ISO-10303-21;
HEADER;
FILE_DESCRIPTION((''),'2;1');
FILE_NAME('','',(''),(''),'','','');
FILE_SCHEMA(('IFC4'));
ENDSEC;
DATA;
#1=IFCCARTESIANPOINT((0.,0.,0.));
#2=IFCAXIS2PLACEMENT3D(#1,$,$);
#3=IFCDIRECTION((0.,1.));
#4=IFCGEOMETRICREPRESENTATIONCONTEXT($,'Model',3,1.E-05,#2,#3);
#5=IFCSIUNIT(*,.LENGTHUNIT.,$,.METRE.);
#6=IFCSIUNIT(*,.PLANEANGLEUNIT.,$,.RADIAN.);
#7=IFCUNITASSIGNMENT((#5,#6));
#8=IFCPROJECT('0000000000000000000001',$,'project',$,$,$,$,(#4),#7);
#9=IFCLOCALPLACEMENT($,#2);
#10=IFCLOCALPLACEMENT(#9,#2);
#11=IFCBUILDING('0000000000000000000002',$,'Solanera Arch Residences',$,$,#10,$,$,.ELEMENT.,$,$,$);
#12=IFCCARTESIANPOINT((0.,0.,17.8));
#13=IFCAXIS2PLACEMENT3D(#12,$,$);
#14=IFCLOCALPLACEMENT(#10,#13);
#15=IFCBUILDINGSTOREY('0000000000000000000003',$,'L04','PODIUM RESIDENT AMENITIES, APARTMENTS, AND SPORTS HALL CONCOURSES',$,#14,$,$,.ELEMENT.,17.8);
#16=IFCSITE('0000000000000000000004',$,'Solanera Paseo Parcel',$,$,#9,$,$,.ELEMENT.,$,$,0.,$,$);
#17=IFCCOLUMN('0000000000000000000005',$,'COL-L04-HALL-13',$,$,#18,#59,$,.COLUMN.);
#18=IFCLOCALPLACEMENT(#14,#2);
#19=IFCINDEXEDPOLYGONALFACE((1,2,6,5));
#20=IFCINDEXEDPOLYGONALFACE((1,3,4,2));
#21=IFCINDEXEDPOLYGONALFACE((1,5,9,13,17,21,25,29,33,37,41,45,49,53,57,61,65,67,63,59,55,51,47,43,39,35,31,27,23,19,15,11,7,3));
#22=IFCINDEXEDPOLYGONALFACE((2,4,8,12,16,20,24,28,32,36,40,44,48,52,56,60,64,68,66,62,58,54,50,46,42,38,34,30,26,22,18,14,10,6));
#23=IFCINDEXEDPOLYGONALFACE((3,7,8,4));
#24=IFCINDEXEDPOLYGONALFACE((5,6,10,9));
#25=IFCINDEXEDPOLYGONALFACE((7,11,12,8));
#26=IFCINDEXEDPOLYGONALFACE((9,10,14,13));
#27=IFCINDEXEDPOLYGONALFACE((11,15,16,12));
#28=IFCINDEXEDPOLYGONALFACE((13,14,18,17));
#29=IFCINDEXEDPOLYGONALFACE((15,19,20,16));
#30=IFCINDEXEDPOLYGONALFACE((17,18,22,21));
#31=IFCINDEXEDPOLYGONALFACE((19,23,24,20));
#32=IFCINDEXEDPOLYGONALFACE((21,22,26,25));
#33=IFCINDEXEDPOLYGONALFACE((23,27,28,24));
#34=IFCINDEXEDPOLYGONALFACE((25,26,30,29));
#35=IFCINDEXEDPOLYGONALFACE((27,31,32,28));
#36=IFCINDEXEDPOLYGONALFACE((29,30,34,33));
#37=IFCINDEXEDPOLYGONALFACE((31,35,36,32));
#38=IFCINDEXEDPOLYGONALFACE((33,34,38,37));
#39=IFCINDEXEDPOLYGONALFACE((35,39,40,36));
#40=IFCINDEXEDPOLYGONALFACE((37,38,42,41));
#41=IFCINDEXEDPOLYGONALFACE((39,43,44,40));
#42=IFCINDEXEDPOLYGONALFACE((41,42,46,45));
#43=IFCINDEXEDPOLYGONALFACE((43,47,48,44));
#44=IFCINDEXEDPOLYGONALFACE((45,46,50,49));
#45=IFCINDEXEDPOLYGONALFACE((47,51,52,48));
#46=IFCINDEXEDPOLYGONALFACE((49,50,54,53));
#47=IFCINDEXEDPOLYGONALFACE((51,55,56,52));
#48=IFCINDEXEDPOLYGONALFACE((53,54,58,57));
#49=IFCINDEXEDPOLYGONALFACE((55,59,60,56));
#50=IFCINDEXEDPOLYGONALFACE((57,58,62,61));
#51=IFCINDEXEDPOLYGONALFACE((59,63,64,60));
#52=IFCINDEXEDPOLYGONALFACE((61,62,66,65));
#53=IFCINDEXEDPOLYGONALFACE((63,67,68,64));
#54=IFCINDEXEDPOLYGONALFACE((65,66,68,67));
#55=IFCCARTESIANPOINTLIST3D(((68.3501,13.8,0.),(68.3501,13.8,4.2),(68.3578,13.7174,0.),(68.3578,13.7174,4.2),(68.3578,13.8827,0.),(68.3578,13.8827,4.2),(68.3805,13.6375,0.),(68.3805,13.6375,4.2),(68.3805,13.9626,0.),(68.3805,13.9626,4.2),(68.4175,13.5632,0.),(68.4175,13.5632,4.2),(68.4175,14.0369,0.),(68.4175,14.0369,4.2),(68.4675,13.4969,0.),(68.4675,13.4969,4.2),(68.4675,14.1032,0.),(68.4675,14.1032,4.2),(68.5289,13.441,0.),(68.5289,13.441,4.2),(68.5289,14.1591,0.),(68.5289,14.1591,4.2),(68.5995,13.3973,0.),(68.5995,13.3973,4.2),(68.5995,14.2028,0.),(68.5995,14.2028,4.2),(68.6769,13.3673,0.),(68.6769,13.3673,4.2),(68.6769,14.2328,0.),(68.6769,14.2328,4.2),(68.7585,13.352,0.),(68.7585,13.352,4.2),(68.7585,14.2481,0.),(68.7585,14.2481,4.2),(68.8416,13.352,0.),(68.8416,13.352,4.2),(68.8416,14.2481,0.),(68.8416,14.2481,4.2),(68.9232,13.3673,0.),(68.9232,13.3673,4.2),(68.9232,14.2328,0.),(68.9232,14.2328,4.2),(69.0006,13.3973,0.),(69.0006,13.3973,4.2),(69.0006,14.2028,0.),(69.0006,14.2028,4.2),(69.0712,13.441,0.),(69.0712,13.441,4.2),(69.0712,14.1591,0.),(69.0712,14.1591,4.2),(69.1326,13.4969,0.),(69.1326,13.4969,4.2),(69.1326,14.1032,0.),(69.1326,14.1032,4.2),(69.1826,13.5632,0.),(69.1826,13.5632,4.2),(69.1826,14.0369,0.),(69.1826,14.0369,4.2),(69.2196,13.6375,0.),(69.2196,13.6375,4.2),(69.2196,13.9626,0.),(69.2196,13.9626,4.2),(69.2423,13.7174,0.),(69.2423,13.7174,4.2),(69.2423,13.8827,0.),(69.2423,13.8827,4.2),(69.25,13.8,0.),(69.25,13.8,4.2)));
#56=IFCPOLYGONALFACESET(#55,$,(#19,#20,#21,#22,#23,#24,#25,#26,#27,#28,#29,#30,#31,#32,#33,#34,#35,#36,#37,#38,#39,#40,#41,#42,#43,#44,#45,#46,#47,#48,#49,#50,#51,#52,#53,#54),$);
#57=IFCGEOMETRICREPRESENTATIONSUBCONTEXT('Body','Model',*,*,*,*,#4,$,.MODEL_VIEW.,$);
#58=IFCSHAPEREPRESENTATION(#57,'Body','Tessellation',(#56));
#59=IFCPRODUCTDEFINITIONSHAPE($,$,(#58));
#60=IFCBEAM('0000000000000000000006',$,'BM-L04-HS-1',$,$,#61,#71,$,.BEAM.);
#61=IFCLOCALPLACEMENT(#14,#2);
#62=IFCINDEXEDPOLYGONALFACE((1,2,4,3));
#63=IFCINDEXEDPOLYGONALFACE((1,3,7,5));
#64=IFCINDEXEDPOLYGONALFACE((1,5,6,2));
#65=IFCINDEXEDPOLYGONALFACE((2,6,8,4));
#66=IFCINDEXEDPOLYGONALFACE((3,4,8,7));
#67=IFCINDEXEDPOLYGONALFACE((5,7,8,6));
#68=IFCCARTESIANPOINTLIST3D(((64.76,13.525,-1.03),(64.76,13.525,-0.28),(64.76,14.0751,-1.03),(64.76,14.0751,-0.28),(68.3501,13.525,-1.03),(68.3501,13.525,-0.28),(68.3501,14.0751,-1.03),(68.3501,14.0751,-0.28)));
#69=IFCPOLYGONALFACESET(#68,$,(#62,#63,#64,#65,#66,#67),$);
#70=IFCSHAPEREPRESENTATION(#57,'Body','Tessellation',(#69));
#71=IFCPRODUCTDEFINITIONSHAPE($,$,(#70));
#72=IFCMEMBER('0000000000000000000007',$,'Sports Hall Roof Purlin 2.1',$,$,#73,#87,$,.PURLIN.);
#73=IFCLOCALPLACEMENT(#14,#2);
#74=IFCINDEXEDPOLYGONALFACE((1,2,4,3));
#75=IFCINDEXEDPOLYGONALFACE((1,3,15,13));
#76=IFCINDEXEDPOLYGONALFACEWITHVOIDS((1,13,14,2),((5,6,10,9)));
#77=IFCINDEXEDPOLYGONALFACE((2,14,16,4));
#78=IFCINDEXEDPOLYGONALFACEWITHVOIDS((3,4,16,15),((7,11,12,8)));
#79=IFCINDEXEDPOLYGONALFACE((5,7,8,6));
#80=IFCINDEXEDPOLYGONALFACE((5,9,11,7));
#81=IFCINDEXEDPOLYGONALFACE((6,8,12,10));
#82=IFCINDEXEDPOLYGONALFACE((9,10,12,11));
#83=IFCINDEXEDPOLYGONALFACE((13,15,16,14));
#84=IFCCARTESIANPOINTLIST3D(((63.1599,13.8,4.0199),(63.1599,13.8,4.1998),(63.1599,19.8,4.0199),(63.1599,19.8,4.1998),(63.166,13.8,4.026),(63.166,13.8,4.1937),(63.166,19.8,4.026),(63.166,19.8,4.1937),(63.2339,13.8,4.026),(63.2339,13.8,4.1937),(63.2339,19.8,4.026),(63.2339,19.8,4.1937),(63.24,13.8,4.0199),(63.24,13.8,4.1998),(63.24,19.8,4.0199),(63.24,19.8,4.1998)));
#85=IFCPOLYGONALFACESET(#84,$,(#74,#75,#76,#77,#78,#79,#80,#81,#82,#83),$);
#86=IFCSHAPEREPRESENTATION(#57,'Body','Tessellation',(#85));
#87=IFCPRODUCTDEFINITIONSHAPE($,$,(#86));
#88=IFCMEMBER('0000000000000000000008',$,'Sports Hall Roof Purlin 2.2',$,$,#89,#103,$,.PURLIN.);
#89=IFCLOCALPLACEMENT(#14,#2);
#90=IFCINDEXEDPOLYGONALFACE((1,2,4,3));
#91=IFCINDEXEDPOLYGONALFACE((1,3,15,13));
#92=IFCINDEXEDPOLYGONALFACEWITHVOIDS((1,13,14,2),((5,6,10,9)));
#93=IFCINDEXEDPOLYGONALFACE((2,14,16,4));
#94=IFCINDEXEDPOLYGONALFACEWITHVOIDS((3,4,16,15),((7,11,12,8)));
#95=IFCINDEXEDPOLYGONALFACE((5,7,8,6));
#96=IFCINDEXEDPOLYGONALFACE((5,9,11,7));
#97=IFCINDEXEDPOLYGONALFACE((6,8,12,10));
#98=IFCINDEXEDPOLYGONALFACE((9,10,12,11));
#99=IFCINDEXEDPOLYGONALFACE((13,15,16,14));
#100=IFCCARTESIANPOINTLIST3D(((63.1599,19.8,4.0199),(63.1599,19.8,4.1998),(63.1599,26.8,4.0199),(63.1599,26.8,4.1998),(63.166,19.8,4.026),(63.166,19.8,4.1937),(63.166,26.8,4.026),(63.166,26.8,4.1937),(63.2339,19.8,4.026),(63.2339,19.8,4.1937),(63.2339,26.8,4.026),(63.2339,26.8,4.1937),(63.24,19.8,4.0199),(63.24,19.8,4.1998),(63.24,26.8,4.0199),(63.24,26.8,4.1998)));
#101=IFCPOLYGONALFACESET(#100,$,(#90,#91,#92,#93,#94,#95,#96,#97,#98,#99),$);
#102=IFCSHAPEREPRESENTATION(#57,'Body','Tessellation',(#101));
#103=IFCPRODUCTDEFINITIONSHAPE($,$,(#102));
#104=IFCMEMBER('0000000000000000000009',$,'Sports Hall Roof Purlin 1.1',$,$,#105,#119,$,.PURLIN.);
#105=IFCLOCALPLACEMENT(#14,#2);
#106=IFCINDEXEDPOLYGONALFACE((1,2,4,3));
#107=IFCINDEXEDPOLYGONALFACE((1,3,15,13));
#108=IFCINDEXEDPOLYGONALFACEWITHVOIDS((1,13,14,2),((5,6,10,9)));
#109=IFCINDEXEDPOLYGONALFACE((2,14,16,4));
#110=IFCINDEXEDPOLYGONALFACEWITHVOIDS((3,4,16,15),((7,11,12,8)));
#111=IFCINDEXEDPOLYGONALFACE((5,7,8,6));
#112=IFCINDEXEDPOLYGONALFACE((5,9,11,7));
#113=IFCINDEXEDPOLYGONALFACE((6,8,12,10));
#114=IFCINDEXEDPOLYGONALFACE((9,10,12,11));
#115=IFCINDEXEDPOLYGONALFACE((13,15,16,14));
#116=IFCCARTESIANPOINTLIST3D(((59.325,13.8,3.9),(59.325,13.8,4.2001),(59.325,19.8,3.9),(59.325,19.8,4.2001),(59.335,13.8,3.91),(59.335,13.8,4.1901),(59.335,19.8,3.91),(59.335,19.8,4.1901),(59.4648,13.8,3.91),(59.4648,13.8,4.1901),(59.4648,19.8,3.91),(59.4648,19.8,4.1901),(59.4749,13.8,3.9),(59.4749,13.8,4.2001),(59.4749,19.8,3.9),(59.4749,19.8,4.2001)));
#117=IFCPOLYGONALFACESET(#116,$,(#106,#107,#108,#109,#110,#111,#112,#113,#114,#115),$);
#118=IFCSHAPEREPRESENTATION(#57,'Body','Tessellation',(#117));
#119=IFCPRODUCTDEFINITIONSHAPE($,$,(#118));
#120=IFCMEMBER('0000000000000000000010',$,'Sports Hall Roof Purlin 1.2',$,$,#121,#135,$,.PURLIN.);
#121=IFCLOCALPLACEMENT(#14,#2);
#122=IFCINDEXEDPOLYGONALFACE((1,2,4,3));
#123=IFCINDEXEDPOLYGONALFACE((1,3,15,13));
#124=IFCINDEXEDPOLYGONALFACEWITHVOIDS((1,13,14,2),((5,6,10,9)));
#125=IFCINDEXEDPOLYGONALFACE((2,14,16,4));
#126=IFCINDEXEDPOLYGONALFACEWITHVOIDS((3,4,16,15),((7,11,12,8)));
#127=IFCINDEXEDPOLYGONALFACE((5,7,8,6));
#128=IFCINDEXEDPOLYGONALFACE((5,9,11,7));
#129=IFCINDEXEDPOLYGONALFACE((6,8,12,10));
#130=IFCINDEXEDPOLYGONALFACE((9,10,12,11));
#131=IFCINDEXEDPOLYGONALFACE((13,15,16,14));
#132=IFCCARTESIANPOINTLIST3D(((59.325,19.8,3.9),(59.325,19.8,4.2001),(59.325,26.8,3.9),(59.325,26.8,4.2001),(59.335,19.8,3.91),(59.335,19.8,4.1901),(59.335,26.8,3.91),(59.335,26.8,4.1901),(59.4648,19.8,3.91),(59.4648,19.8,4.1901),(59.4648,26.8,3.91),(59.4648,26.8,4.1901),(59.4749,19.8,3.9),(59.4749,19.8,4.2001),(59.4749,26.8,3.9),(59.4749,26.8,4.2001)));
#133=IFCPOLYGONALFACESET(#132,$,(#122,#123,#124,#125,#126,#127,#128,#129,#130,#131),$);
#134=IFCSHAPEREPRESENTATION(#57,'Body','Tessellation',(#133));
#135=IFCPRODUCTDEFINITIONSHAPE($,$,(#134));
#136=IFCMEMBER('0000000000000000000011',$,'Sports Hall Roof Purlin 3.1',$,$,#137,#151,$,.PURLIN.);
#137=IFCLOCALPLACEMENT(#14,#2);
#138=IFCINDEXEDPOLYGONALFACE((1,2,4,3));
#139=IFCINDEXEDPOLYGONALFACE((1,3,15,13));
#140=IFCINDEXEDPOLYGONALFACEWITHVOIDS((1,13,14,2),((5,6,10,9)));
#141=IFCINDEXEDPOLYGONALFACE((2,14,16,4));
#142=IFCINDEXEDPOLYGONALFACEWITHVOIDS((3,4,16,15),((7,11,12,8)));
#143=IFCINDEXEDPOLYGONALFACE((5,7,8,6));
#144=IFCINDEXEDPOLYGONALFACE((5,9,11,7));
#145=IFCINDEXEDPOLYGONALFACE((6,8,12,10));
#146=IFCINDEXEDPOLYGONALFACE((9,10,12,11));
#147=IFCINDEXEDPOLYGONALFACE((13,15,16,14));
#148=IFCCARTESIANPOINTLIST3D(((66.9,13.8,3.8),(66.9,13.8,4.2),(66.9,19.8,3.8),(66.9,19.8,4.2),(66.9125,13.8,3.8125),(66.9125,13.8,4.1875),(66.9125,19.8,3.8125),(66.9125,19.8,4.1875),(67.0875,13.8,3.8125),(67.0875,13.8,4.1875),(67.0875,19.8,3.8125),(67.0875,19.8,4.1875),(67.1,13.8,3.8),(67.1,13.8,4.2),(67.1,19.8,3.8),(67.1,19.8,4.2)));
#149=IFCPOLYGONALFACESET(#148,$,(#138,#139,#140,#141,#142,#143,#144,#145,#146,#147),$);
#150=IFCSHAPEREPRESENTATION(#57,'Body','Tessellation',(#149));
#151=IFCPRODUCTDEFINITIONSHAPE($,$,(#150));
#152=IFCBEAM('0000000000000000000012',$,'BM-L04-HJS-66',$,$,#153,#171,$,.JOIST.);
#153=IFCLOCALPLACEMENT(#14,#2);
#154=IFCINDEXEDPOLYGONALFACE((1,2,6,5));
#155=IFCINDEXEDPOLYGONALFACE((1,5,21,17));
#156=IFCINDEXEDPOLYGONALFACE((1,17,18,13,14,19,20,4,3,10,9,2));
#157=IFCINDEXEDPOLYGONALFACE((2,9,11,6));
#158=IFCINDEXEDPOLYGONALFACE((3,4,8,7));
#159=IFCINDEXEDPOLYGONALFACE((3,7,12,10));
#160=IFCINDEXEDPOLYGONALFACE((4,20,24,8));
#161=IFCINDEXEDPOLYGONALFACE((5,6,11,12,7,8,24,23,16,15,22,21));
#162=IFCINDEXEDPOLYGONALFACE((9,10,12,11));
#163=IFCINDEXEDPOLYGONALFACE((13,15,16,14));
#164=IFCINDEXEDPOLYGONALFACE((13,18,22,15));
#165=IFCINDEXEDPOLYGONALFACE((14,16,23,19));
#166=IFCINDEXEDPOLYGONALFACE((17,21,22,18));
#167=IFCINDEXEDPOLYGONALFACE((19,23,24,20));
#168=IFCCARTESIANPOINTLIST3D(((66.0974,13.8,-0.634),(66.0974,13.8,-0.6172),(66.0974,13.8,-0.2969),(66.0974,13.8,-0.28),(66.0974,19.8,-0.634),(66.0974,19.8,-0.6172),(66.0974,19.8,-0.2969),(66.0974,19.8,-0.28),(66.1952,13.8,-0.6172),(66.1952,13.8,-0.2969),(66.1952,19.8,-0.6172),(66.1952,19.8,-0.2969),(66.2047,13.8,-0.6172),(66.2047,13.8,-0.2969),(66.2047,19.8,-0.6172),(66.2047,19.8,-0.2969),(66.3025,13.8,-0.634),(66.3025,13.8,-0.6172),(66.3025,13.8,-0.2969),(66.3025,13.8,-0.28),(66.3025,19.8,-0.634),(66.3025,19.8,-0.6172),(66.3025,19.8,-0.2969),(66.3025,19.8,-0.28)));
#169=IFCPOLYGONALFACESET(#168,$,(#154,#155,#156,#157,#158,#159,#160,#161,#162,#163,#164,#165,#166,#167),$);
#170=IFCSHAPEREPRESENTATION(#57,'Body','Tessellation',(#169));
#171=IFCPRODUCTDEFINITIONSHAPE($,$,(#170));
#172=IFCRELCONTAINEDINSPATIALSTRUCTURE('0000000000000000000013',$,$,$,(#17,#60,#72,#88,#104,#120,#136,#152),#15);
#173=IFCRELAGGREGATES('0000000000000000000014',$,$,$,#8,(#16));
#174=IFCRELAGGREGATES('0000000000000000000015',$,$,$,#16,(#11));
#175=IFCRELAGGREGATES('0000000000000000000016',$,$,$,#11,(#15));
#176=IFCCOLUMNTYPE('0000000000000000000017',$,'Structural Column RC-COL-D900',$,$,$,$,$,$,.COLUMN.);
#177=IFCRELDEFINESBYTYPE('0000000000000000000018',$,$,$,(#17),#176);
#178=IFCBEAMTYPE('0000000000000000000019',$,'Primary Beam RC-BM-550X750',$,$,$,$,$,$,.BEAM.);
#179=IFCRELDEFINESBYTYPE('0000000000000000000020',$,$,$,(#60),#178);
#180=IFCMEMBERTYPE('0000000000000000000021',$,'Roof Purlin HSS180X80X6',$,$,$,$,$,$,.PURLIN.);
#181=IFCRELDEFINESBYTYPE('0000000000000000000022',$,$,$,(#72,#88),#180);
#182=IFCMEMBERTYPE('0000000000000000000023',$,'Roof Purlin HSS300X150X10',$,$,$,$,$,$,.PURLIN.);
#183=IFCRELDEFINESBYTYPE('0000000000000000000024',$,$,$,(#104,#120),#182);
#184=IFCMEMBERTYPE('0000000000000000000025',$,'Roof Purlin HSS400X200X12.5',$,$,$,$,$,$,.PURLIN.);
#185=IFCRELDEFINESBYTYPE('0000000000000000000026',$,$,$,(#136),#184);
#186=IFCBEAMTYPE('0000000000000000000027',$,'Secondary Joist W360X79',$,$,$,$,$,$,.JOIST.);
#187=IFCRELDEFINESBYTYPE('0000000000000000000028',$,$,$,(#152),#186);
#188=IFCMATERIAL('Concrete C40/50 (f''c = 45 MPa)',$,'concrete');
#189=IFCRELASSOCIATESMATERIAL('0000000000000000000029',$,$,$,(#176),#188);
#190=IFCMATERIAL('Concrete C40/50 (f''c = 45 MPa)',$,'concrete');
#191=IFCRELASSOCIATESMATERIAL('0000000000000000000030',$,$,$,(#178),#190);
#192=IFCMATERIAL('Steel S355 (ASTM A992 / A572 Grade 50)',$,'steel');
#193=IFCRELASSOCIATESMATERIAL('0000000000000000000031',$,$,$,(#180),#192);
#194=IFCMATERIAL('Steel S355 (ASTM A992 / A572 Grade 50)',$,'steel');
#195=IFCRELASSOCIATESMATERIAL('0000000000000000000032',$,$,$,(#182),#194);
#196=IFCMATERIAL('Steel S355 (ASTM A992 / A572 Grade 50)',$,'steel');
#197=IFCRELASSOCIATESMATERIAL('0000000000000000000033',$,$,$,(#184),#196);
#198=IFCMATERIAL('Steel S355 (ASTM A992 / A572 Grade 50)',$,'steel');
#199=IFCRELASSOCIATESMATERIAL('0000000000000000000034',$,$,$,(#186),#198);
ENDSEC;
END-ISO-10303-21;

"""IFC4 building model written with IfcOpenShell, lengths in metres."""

from ifc_helpers import new_model, si_unit, direction, frame, origin, origin_2d, place, context, subcontext, project, spatial, rectangle, hollow_rectangle, circle, i_section, extrude, material, material_profile, profile_set, type_object, element, save


model = new_model("IFC4")

# Units and contexts
model_context = context("Model", 3, precision=1e-05, world=origin(), true_north=direction((0.0, 1.0)))
body_context = subcontext(model_context, "Body", "Model", "MODEL_VIEW")
ifc_project = project(units=[si_unit("LENGTHUNIT", "METRE"), si_unit("PLANEANGLEUNIT", "RADIAN")], contexts=[model_context])

# Site, building, storey
site_placement = place(None, origin())
site = spatial("IfcSite", under=ifc_project, at=site_placement, Name="Solanera Paseo Parcel", CompositionType="ELEMENT", RefElevation=0.0)
building_placement = place(site_placement, origin())
building = spatial("IfcBuilding", under=site, at=building_placement, Name="Solanera Arch Residences", CompositionType="ELEMENT")
storey_placement = place(building_placement, frame((0.0, 0.0, 17.8)))
storey = spatial("IfcBuildingStorey", under=building, at=storey_placement, Name="L04", Description="PODIUM RESIDENT AMENITIES, APARTMENTS, AND SPORTS HALL CONCOURSES", CompositionType="ELEMENT", Elevation=17.8)

# Column
ifc_material_1 = material(Name="Concrete C40/50 (f'c = 45 MPa)", Category="concrete")
ifc_material_profile_1 = material_profile(ifc_material_1, circle(Radius=0.45, at=origin_2d()))
ifc_profile_set_1 = profile_set([ifc_material_profile_1], Name="Concrete C40/50 (f'c = 45 MPa)")
column_type = type_object("IfcColumnType", Name="Structural Column RC-COL-D900", PredefinedType="COLUMN", material=ifc_profile_set_1)
column_placement = place(storey_placement, frame((68.8, 13.8, 0.0), z_axis=(0.0, 0.0, 1.0), x_axis=(1.0, 0.0, 0.0)))
element("IfcColumn", 1, at=column_placement, inside=storey, type_object=column_type, Name="COL-L04-HALL-13", PredefinedType="COLUMN", context=body_context, shape_type="SweptSolid", body=[
    extrude(circle(Radius=0.45, at=origin_2d()), origin(), (0.0, 0.0, 1.0), 4.2),
])

# Beam
ifc_material_2 = material(Name="Concrete C40/50 (f'c = 45 MPa)", Category="concrete")
ifc_material_profile_2 = material_profile(ifc_material_2, rectangle(XDim=0.55, YDim=0.75, at=origin_2d()))
ifc_profile_set_2 = profile_set([ifc_material_profile_2], Name="Concrete C40/50 (f'c = 45 MPa)")
beam_type_1 = type_object("IfcBeamType", Name="Primary Beam RC-BM-550X750", PredefinedType="BEAM", material=ifc_profile_set_2)
beam_1_placement = place(storey_placement, frame((64.76, 13.8, -0.655), z_axis=(1.0, 0.0, 0.0), x_axis=(0.0, 1.0, 0.0)))
element("IfcBeam", 2, at=beam_1_placement, inside=storey, type_object=beam_type_1, Name="BM-L04-HS-1", PredefinedType="BEAM", context=body_context, shape_type="SweptSolid", body=[
    extrude(rectangle(XDim=0.55, YDim=0.75, at=origin_2d()), origin(), (0.0, 0.0, 1.0), 3.5901),
])

# Members
ifc_material_3 = material(Name="Steel S355 (ASTM A992 / A572 Grade 50)", Category="steel")
ifc_material_profile_3 = material_profile(ifc_material_3, hollow_rectangle(XDim=0.0801, YDim=0.1799, WallThickness=0.0061, at=origin_2d()))
ifc_profile_set_3 = profile_set([ifc_material_profile_3], Name="Steel S355 (ASTM A992 / A572 Grade 50)")
member_type_1 = type_object("IfcMemberType", Name="Roof Purlin HSS180X80X6", PredefinedType="PURLIN", material=ifc_profile_set_3)
member_1_placement = place(storey_placement, frame((63.2, 13.8, 4.1099), z_axis=(0.0, 1.0, 0.0), x_axis=(-1.0, 0.0, 0.0)))
element("IfcMember", 3, at=member_1_placement, inside=storey, type_object=member_type_1, Name="Sports Hall Roof Purlin 2.1", PredefinedType="PURLIN", context=body_context, shape_type="SweptSolid", body=[
    extrude(hollow_rectangle(XDim=0.0801, YDim=0.1799, WallThickness=0.0061, at=origin_2d()), origin(), (0.0, 0.0, 1.0), 6.0),
])
member_2_placement = place(storey_placement, frame((63.2, 19.8, 4.1099), z_axis=(0.0, 1.0, 0.0), x_axis=(-1.0, 0.0, 0.0)))
element("IfcMember", 4, at=member_2_placement, inside=storey, type_object=member_type_1, Name="Sports Hall Roof Purlin 2.2", PredefinedType="PURLIN", context=body_context, shape_type="SweptSolid", body=[
    extrude(hollow_rectangle(XDim=0.0801, YDim=0.1799, WallThickness=0.0061, at=origin_2d()), origin(), (0.0, 0.0, 1.0), 7.0),
])
ifc_material_4 = material(Name="Steel S355 (ASTM A992 / A572 Grade 50)", Category="steel")
ifc_material_profile_4 = material_profile(ifc_material_4, hollow_rectangle(XDim=0.1499, YDim=0.3, WallThickness=0.01, at=origin_2d()))
ifc_profile_set_4 = profile_set([ifc_material_profile_4], Name="Steel S355 (ASTM A992 / A572 Grade 50)")
member_type_2 = type_object("IfcMemberType", Name="Roof Purlin HSS300X150X10", PredefinedType="PURLIN", material=ifc_profile_set_4)
member_3_placement = place(storey_placement, frame((59.3999, 13.8, 4.05), z_axis=(0.0, 1.0, 0.0), x_axis=(-1.0, 0.0, 0.0)))
element("IfcMember", 5, at=member_3_placement, inside=storey, type_object=member_type_2, Name="Sports Hall Roof Purlin 1.1", PredefinedType="PURLIN", context=body_context, shape_type="SweptSolid", body=[
    extrude(hollow_rectangle(XDim=0.1499, YDim=0.3, WallThickness=0.01, at=origin_2d()), origin(), (0.0, 0.0, 1.0), 6.0),
])
member_4_placement = place(storey_placement, frame((59.3999, 19.8, 4.05), z_axis=(0.0, 1.0, 0.0), x_axis=(-1.0, 0.0, 0.0)))
element("IfcMember", 6, at=member_4_placement, inside=storey, type_object=member_type_2, Name="Sports Hall Roof Purlin 1.2", PredefinedType="PURLIN", context=body_context, shape_type="SweptSolid", body=[
    extrude(hollow_rectangle(XDim=0.1499, YDim=0.3, WallThickness=0.01, at=origin_2d()), origin(), (0.0, 0.0, 1.0), 7.0),
])
ifc_material_5 = material(Name="Steel S355 (ASTM A992 / A572 Grade 50)", Category="steel")
ifc_material_profile_5 = material_profile(ifc_material_5, hollow_rectangle(XDim=0.2, YDim=0.3999, WallThickness=0.0125, at=origin_2d()))
ifc_profile_set_5 = profile_set([ifc_material_profile_5], Name="Steel S355 (ASTM A992 / A572 Grade 50)")
member_type_3 = type_object("IfcMemberType", Name="Roof Purlin HSS400X200X12.5", PredefinedType="PURLIN", material=ifc_profile_set_5)
member_5_placement = place(storey_placement, frame((67.0, 13.8, 4.0), z_axis=(0.0, 1.0, 0.0), x_axis=(-1.0, 0.0, 0.0)))
element("IfcMember", 7, at=member_5_placement, inside=storey, type_object=member_type_3, Name="Sports Hall Roof Purlin 3.1", PredefinedType="PURLIN", context=body_context, shape_type="SweptSolid", body=[
    extrude(hollow_rectangle(XDim=0.2, YDim=0.3999, WallThickness=0.0125, at=origin_2d()), origin(), (0.0, 0.0, 1.0), 6.0),
])

# Beam
ifc_material_6 = material(Name="Steel S355 (ASTM A992 / A572 Grade 50)", Category="steel")
ifc_material_profile_6 = material_profile(ifc_material_6, i_section(OverallWidth=0.2051, OverallDepth=0.354, WebThickness=0.0095, FlangeThickness=0.0168, at=origin_2d()))
ifc_profile_set_6 = profile_set([ifc_material_profile_6], Name="Steel S355 (ASTM A992 / A572 Grade 50)")
beam_type_2 = type_object("IfcBeamType", Name="Secondary Joist W360X79", PredefinedType="JOIST", material=ifc_profile_set_6)
beam_2_placement = place(storey_placement, frame((66.2, 13.8, -0.457), z_axis=(0.0, 1.0, 0.0), x_axis=(-1.0, 0.0, 0.0)))
element("IfcBeam", 8, at=beam_2_placement, inside=storey, type_object=beam_type_2, Name="BM-L04-HJS-66", PredefinedType="JOIST", context=body_context, shape_type="SweptSolid", body=[
    extrude(i_section(OverallWidth=0.2051, OverallDepth=0.354, WebThickness=0.0095, FlangeThickness=0.0168, at=origin_2d()), origin(), (0.0, 0.0, 1.0), 6.0),
])

save(model, "model.ifc")
